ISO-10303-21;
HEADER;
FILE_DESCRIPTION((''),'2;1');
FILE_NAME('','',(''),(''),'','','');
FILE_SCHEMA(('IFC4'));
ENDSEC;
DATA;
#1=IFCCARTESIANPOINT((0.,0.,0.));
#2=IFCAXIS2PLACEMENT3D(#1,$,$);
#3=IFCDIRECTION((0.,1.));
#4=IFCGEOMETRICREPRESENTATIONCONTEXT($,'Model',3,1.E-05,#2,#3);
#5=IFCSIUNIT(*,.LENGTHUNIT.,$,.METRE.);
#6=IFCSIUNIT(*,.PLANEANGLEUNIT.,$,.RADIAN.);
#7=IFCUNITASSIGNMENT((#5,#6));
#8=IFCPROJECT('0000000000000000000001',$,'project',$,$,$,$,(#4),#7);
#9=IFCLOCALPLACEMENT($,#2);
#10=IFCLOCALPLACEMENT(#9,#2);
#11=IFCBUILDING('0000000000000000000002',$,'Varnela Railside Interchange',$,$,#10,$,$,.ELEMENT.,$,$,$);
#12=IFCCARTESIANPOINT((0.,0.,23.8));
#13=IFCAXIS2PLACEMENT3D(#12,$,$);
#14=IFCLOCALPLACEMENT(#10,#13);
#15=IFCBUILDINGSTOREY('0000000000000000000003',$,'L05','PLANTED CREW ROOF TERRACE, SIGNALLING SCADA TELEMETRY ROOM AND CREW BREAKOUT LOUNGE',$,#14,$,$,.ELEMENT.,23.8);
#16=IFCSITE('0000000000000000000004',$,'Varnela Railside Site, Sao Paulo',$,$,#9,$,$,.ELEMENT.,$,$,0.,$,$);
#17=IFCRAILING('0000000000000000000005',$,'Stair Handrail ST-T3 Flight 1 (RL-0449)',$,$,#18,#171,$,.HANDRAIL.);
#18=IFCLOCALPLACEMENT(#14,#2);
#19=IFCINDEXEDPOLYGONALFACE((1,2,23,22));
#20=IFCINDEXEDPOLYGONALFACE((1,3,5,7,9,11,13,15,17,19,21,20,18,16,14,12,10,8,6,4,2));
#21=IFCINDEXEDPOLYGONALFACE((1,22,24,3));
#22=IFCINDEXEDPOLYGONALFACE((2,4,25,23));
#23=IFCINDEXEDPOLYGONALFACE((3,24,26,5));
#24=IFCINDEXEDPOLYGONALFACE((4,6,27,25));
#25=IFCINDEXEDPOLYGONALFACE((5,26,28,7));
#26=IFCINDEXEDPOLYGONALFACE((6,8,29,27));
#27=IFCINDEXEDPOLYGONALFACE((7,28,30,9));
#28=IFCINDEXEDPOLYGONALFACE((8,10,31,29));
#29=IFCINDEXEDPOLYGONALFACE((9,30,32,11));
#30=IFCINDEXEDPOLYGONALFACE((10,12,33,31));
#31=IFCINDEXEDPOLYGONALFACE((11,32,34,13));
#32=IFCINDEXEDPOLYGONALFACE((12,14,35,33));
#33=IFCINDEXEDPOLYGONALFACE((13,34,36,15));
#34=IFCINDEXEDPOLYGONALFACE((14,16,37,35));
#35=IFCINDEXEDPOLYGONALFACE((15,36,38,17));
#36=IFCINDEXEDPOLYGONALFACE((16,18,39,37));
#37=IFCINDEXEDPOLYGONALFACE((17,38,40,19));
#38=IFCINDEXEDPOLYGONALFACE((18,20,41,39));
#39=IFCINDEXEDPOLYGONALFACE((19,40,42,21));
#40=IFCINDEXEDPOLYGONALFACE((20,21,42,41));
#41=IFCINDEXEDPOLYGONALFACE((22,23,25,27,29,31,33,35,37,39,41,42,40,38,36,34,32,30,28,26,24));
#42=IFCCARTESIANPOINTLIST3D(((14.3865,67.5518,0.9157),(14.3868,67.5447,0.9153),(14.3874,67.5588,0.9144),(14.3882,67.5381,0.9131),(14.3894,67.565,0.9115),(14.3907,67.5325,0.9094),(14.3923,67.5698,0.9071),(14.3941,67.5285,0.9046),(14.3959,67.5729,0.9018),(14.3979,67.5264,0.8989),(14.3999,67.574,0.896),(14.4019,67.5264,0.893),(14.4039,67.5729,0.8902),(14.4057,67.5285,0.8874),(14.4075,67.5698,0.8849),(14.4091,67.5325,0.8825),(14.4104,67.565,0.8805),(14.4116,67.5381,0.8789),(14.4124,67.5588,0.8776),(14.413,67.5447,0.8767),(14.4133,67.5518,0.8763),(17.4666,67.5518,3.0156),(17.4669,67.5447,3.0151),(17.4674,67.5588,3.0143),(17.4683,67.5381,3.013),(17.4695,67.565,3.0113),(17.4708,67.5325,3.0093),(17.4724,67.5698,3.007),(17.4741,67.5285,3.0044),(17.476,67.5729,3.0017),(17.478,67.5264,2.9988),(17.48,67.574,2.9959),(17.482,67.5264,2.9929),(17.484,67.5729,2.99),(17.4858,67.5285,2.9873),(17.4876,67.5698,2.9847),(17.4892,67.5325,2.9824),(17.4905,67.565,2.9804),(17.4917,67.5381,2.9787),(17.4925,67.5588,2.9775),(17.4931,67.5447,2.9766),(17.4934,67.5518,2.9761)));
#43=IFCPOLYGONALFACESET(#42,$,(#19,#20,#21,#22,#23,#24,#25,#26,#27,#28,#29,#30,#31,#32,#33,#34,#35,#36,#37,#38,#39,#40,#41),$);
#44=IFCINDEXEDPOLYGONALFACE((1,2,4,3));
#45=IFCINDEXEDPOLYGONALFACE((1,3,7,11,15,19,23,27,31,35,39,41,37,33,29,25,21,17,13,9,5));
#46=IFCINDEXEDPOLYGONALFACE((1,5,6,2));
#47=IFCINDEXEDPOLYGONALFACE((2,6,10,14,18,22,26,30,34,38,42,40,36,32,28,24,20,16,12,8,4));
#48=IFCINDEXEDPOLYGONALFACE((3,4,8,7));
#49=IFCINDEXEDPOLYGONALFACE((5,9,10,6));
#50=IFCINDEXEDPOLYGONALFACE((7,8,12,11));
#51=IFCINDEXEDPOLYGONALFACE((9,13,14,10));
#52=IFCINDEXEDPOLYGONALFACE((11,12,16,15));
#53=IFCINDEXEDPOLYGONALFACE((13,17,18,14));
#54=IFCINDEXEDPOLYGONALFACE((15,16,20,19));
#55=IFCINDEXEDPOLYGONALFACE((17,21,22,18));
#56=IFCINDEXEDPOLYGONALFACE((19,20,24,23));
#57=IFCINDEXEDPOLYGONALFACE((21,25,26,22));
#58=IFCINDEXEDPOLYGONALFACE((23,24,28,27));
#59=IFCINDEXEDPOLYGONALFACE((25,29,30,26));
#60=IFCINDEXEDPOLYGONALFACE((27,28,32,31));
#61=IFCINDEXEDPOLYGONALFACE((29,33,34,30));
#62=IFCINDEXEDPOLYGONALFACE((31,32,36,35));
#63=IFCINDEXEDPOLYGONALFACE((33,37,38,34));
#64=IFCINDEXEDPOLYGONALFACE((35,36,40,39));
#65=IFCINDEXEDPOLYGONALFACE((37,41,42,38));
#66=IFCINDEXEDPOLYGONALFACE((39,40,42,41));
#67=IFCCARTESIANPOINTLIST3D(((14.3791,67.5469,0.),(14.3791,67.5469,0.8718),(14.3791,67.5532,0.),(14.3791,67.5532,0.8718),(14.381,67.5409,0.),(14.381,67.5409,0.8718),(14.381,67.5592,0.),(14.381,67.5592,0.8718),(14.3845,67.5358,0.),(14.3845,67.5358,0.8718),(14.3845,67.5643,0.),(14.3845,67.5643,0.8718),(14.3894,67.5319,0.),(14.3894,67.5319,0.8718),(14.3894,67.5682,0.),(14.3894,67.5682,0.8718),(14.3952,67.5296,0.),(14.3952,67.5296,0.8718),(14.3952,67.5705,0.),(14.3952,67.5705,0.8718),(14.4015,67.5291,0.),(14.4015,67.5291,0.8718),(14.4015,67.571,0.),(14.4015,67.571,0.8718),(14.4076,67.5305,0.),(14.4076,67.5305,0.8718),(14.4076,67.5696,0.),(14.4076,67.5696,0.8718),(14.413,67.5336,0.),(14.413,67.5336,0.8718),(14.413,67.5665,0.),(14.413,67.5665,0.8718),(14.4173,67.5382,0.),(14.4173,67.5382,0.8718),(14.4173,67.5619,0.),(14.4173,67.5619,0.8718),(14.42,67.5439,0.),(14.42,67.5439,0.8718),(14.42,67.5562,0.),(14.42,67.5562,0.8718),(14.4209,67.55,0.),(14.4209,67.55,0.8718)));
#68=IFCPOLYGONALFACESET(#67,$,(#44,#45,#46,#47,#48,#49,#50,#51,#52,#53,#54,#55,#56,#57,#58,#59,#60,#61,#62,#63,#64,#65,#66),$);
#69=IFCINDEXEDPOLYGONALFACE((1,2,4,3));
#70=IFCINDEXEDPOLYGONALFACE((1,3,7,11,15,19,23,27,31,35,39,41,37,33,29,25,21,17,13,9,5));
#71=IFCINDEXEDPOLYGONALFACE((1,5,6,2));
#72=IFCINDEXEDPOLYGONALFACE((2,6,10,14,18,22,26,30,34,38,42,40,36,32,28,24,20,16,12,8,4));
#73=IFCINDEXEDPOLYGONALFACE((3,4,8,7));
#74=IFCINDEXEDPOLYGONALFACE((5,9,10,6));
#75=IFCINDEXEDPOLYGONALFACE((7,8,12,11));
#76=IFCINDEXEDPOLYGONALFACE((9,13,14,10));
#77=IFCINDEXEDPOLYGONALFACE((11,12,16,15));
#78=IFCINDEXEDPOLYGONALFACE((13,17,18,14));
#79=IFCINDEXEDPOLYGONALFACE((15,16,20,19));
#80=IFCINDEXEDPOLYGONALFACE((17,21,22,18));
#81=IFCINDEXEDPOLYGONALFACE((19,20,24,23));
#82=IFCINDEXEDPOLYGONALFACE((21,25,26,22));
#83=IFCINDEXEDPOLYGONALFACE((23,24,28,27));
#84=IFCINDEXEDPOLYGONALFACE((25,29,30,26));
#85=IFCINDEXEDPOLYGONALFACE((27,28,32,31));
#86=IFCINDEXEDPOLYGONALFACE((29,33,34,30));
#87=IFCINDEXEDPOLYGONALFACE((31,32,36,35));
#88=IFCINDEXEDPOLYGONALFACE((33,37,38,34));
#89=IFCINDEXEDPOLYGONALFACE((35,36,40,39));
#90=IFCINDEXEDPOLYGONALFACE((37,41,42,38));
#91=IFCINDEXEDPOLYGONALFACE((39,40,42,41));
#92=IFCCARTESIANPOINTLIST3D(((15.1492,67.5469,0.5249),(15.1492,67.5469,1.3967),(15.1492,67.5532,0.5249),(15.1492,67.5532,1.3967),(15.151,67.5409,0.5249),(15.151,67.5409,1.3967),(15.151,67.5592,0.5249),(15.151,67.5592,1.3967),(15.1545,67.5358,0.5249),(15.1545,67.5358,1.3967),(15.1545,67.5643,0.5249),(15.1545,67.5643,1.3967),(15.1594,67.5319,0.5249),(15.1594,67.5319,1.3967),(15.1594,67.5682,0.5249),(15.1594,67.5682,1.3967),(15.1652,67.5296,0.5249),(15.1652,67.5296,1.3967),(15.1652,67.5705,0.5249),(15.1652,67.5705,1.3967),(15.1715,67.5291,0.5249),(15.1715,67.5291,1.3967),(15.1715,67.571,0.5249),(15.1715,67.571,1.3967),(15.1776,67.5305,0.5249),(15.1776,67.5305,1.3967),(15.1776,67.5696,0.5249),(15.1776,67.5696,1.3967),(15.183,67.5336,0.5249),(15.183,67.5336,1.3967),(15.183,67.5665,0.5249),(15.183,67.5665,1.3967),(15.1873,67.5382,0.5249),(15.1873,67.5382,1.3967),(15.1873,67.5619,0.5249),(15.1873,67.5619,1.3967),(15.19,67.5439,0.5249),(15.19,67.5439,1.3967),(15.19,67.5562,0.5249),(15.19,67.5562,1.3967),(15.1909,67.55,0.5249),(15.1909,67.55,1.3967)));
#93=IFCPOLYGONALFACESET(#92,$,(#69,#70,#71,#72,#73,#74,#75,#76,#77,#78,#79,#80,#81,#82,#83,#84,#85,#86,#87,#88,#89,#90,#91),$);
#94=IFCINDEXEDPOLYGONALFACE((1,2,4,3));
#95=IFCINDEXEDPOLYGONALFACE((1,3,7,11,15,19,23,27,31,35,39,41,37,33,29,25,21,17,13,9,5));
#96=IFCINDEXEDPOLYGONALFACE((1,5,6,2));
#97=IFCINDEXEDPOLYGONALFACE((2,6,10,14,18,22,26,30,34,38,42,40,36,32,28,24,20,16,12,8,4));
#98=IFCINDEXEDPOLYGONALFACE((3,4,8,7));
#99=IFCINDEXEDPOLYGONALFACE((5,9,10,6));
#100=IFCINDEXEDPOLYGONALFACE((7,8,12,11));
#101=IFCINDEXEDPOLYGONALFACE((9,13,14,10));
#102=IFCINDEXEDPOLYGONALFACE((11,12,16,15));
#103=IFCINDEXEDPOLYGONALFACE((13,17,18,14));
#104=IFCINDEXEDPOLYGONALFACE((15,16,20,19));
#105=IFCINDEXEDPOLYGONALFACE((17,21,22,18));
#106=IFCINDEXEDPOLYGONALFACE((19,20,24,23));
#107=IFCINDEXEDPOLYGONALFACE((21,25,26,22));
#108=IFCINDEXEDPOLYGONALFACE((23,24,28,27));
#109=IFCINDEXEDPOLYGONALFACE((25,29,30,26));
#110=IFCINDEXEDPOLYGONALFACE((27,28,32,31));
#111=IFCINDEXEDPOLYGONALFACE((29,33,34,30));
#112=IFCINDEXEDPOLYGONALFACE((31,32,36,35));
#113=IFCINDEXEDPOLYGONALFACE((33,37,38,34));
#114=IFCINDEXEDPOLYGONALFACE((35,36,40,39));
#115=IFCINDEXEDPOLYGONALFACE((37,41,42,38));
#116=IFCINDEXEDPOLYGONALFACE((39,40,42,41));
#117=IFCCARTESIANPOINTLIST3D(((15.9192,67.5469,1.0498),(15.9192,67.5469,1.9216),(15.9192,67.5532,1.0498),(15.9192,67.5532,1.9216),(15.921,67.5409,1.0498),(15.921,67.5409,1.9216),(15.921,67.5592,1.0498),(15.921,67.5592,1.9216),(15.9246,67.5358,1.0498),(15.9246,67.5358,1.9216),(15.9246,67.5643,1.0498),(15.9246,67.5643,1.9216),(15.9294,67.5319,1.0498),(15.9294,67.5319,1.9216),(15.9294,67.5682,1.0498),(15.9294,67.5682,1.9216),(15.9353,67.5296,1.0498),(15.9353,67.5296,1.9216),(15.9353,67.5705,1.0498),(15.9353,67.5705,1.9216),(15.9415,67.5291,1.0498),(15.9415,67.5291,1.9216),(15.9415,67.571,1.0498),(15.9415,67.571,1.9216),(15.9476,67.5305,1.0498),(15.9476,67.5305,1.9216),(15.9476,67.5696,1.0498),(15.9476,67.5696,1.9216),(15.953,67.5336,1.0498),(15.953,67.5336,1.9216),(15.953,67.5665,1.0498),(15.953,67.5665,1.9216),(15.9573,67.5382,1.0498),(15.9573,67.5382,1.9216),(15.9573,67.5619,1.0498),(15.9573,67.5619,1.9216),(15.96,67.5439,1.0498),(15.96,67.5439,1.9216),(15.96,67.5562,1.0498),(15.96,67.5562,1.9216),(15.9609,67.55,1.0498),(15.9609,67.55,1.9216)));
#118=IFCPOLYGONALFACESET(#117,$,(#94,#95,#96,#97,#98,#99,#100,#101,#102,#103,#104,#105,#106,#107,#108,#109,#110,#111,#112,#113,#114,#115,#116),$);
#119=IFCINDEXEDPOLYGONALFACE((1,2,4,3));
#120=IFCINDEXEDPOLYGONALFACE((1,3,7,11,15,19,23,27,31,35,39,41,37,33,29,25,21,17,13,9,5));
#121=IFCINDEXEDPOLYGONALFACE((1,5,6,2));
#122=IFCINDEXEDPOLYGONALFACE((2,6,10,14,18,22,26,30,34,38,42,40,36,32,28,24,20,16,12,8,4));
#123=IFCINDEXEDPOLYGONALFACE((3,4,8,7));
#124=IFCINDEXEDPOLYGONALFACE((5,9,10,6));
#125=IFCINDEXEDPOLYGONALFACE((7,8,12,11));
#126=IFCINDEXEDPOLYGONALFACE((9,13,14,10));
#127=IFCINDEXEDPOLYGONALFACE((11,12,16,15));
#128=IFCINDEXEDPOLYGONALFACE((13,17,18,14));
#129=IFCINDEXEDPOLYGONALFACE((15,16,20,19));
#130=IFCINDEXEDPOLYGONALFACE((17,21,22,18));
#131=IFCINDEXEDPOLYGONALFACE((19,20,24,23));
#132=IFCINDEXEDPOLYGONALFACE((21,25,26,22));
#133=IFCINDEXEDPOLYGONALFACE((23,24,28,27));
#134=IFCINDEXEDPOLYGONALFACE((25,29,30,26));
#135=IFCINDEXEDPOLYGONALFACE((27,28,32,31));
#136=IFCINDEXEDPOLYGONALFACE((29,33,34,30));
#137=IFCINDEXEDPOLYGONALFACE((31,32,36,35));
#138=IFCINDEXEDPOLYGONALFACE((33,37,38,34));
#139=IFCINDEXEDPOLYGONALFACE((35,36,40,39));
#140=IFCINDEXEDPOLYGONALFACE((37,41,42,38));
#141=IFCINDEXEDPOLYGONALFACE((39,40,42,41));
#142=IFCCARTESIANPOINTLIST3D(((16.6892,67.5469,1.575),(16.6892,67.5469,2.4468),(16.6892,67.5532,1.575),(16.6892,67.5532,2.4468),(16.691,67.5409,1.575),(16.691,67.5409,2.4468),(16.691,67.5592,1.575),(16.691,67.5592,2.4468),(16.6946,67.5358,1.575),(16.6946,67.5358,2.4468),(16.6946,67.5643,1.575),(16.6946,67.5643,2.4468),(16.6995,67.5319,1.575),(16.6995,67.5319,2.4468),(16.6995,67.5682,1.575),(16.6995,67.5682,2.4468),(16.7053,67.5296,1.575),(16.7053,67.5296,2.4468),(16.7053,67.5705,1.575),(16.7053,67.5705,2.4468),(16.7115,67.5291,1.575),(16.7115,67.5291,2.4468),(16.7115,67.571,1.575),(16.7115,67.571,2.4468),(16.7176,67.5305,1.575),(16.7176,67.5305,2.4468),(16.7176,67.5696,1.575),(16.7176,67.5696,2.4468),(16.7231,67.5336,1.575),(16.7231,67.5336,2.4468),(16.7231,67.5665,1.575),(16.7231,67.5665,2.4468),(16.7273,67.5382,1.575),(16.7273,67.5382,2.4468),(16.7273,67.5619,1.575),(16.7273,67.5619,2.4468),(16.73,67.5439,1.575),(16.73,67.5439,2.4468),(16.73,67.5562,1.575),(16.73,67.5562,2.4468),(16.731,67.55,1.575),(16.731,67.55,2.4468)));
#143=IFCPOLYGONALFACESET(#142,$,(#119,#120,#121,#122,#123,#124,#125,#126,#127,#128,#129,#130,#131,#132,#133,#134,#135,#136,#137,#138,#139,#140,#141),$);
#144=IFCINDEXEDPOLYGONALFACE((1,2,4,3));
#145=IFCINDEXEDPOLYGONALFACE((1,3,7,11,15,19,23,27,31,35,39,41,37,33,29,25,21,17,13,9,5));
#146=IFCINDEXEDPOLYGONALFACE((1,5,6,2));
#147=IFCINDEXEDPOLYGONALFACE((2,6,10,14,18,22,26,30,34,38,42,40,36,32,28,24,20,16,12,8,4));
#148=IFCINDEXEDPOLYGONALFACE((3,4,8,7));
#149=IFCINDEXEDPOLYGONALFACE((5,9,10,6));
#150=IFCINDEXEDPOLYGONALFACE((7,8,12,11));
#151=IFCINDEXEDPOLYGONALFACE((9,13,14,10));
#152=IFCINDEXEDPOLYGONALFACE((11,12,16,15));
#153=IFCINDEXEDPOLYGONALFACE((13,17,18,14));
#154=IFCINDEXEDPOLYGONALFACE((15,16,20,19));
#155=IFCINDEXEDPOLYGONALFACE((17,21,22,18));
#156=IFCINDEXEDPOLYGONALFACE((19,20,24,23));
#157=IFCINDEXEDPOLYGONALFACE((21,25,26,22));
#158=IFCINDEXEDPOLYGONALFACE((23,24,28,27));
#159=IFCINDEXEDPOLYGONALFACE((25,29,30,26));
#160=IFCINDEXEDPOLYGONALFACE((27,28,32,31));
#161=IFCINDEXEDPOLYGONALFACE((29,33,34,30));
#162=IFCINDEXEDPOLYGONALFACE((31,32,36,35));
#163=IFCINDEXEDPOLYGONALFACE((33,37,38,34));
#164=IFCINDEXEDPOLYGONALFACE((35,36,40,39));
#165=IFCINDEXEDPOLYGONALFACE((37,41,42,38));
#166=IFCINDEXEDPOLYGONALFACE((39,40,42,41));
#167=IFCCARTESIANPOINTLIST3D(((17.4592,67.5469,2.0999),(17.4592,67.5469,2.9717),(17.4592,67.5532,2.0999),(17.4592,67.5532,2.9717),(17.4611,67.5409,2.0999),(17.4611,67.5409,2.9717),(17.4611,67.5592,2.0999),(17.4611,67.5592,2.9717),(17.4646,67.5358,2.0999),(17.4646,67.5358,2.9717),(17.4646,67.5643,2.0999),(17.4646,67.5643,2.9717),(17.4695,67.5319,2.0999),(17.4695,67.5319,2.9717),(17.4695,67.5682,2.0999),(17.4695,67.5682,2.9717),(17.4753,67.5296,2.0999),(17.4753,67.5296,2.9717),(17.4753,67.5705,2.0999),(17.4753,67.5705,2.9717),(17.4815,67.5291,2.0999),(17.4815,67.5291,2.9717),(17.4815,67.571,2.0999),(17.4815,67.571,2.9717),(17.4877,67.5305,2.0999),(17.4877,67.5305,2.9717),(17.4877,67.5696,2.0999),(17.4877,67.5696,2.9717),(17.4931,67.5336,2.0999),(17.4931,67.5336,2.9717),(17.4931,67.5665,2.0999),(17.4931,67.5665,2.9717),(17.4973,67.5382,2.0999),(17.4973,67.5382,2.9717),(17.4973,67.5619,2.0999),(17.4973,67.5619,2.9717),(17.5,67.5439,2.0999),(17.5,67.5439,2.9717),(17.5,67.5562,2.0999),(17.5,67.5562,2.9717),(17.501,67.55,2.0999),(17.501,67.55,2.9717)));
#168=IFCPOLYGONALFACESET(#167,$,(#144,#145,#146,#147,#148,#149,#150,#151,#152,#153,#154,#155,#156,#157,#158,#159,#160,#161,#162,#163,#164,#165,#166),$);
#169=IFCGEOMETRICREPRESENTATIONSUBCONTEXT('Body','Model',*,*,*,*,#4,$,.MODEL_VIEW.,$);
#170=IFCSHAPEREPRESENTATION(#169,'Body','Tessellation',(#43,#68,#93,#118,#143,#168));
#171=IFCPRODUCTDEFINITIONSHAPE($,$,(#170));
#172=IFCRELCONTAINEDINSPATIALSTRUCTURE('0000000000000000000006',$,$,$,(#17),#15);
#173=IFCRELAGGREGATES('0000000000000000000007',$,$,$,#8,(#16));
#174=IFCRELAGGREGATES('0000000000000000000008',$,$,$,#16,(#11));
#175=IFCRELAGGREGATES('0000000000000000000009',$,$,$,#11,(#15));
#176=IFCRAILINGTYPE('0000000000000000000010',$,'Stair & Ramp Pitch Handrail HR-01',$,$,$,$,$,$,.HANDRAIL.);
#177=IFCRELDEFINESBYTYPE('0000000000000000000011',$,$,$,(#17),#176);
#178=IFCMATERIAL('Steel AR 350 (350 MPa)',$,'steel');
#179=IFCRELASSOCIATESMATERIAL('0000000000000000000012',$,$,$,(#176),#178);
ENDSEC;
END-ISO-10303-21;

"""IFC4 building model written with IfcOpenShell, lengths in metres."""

from ifc_helpers import new_model, si_unit, direction, frame, origin, origin_2d, place, context, subcontext, project, spatial, circle, extrude, material, type_object, element, save


model = new_model("IFC4")

# Units and contexts
model_context = context("Model", 3, precision=1e-05, world=origin(), true_north=direction((0.0, 1.0)))
body_context = subcontext(model_context, "Body", "Model", "MODEL_VIEW")
ifc_project = project(units=[si_unit("LENGTHUNIT", "METRE"), si_unit("PLANEANGLEUNIT", "RADIAN")], contexts=[model_context])

# Site, building, storey
site_placement = place(None, origin())
site = spatial("IfcSite", under=ifc_project, at=site_placement, Name="Varnela Railside Site, Sao Paulo", CompositionType="ELEMENT", RefElevation=0.0)
building_placement = place(site_placement, origin())
building = spatial("IfcBuilding", under=site, at=building_placement, Name="Varnela Railside Interchange", CompositionType="ELEMENT")
storey_placement = place(building_placement, frame((0.0, 0.0, 23.8)))
storey = spatial("IfcBuildingStorey", under=building, at=storey_placement, Name="L05", Description="PLANTED CREW ROOF TERRACE, SIGNALLING SCADA TELEMETRY ROOM AND CREW BREAKOUT LOUNGE", CompositionType="ELEMENT", Elevation=23.8)

# Shared definitions
ifc_material_1 = material(Name="Steel AR 350 (350 MPa)", Category="steel")

# Railing
railing_type_1 = type_object("IfcRailingType", Name="Stair & Ramp Pitch Handrail HR-01", PredefinedType="HANDRAIL", material=ifc_material_1)
railing_1_placement = place(storey_placement, frame((14.3999, 67.55, 0.0)))
element("IfcRailing", 1, at=railing_1_placement, inside=storey, type_object=railing_type_1, Name="Stair Handrail ST-T3 Flight 1 (RL-0449)", PredefinedType="HANDRAIL", context=body_context, shape_type="SweptSolid", body=[
    extrude(circle(Radius=0.0239, at=origin_2d()), frame((0.0, 0.0, 0.896), z_axis=(0.826252, 0.0, 0.5633), x_axis=(0.0, 1.0, 0.0)), (0.0, 0.0, 1.0), 3.7278),
    extrude(circle(Radius=0.021, at=origin_2d()), origin(), (0.0, 0.0, 1.0), 0.8718),
    extrude(circle(Radius=0.021, at=origin_2d()), frame((0.77, 0.0, 0.5249)), (0.0, 0.0, 1.0), 0.8718),
    extrude(circle(Radius=0.021, at=origin_2d()), frame((1.54, 0.0, 1.0498)), (0.0, 0.0, 1.0), 0.8718),
    extrude(circle(Radius=0.021, at=origin_2d()), frame((2.3101, 0.0, 1.575)), (0.0, 0.0, 1.0), 0.8718),
    extrude(circle(Radius=0.021, at=origin_2d()), frame((3.0801, 0.0, 2.0999)), (0.0, 0.0, 1.0), 0.8718),
])

save(model, "model.ifc")
